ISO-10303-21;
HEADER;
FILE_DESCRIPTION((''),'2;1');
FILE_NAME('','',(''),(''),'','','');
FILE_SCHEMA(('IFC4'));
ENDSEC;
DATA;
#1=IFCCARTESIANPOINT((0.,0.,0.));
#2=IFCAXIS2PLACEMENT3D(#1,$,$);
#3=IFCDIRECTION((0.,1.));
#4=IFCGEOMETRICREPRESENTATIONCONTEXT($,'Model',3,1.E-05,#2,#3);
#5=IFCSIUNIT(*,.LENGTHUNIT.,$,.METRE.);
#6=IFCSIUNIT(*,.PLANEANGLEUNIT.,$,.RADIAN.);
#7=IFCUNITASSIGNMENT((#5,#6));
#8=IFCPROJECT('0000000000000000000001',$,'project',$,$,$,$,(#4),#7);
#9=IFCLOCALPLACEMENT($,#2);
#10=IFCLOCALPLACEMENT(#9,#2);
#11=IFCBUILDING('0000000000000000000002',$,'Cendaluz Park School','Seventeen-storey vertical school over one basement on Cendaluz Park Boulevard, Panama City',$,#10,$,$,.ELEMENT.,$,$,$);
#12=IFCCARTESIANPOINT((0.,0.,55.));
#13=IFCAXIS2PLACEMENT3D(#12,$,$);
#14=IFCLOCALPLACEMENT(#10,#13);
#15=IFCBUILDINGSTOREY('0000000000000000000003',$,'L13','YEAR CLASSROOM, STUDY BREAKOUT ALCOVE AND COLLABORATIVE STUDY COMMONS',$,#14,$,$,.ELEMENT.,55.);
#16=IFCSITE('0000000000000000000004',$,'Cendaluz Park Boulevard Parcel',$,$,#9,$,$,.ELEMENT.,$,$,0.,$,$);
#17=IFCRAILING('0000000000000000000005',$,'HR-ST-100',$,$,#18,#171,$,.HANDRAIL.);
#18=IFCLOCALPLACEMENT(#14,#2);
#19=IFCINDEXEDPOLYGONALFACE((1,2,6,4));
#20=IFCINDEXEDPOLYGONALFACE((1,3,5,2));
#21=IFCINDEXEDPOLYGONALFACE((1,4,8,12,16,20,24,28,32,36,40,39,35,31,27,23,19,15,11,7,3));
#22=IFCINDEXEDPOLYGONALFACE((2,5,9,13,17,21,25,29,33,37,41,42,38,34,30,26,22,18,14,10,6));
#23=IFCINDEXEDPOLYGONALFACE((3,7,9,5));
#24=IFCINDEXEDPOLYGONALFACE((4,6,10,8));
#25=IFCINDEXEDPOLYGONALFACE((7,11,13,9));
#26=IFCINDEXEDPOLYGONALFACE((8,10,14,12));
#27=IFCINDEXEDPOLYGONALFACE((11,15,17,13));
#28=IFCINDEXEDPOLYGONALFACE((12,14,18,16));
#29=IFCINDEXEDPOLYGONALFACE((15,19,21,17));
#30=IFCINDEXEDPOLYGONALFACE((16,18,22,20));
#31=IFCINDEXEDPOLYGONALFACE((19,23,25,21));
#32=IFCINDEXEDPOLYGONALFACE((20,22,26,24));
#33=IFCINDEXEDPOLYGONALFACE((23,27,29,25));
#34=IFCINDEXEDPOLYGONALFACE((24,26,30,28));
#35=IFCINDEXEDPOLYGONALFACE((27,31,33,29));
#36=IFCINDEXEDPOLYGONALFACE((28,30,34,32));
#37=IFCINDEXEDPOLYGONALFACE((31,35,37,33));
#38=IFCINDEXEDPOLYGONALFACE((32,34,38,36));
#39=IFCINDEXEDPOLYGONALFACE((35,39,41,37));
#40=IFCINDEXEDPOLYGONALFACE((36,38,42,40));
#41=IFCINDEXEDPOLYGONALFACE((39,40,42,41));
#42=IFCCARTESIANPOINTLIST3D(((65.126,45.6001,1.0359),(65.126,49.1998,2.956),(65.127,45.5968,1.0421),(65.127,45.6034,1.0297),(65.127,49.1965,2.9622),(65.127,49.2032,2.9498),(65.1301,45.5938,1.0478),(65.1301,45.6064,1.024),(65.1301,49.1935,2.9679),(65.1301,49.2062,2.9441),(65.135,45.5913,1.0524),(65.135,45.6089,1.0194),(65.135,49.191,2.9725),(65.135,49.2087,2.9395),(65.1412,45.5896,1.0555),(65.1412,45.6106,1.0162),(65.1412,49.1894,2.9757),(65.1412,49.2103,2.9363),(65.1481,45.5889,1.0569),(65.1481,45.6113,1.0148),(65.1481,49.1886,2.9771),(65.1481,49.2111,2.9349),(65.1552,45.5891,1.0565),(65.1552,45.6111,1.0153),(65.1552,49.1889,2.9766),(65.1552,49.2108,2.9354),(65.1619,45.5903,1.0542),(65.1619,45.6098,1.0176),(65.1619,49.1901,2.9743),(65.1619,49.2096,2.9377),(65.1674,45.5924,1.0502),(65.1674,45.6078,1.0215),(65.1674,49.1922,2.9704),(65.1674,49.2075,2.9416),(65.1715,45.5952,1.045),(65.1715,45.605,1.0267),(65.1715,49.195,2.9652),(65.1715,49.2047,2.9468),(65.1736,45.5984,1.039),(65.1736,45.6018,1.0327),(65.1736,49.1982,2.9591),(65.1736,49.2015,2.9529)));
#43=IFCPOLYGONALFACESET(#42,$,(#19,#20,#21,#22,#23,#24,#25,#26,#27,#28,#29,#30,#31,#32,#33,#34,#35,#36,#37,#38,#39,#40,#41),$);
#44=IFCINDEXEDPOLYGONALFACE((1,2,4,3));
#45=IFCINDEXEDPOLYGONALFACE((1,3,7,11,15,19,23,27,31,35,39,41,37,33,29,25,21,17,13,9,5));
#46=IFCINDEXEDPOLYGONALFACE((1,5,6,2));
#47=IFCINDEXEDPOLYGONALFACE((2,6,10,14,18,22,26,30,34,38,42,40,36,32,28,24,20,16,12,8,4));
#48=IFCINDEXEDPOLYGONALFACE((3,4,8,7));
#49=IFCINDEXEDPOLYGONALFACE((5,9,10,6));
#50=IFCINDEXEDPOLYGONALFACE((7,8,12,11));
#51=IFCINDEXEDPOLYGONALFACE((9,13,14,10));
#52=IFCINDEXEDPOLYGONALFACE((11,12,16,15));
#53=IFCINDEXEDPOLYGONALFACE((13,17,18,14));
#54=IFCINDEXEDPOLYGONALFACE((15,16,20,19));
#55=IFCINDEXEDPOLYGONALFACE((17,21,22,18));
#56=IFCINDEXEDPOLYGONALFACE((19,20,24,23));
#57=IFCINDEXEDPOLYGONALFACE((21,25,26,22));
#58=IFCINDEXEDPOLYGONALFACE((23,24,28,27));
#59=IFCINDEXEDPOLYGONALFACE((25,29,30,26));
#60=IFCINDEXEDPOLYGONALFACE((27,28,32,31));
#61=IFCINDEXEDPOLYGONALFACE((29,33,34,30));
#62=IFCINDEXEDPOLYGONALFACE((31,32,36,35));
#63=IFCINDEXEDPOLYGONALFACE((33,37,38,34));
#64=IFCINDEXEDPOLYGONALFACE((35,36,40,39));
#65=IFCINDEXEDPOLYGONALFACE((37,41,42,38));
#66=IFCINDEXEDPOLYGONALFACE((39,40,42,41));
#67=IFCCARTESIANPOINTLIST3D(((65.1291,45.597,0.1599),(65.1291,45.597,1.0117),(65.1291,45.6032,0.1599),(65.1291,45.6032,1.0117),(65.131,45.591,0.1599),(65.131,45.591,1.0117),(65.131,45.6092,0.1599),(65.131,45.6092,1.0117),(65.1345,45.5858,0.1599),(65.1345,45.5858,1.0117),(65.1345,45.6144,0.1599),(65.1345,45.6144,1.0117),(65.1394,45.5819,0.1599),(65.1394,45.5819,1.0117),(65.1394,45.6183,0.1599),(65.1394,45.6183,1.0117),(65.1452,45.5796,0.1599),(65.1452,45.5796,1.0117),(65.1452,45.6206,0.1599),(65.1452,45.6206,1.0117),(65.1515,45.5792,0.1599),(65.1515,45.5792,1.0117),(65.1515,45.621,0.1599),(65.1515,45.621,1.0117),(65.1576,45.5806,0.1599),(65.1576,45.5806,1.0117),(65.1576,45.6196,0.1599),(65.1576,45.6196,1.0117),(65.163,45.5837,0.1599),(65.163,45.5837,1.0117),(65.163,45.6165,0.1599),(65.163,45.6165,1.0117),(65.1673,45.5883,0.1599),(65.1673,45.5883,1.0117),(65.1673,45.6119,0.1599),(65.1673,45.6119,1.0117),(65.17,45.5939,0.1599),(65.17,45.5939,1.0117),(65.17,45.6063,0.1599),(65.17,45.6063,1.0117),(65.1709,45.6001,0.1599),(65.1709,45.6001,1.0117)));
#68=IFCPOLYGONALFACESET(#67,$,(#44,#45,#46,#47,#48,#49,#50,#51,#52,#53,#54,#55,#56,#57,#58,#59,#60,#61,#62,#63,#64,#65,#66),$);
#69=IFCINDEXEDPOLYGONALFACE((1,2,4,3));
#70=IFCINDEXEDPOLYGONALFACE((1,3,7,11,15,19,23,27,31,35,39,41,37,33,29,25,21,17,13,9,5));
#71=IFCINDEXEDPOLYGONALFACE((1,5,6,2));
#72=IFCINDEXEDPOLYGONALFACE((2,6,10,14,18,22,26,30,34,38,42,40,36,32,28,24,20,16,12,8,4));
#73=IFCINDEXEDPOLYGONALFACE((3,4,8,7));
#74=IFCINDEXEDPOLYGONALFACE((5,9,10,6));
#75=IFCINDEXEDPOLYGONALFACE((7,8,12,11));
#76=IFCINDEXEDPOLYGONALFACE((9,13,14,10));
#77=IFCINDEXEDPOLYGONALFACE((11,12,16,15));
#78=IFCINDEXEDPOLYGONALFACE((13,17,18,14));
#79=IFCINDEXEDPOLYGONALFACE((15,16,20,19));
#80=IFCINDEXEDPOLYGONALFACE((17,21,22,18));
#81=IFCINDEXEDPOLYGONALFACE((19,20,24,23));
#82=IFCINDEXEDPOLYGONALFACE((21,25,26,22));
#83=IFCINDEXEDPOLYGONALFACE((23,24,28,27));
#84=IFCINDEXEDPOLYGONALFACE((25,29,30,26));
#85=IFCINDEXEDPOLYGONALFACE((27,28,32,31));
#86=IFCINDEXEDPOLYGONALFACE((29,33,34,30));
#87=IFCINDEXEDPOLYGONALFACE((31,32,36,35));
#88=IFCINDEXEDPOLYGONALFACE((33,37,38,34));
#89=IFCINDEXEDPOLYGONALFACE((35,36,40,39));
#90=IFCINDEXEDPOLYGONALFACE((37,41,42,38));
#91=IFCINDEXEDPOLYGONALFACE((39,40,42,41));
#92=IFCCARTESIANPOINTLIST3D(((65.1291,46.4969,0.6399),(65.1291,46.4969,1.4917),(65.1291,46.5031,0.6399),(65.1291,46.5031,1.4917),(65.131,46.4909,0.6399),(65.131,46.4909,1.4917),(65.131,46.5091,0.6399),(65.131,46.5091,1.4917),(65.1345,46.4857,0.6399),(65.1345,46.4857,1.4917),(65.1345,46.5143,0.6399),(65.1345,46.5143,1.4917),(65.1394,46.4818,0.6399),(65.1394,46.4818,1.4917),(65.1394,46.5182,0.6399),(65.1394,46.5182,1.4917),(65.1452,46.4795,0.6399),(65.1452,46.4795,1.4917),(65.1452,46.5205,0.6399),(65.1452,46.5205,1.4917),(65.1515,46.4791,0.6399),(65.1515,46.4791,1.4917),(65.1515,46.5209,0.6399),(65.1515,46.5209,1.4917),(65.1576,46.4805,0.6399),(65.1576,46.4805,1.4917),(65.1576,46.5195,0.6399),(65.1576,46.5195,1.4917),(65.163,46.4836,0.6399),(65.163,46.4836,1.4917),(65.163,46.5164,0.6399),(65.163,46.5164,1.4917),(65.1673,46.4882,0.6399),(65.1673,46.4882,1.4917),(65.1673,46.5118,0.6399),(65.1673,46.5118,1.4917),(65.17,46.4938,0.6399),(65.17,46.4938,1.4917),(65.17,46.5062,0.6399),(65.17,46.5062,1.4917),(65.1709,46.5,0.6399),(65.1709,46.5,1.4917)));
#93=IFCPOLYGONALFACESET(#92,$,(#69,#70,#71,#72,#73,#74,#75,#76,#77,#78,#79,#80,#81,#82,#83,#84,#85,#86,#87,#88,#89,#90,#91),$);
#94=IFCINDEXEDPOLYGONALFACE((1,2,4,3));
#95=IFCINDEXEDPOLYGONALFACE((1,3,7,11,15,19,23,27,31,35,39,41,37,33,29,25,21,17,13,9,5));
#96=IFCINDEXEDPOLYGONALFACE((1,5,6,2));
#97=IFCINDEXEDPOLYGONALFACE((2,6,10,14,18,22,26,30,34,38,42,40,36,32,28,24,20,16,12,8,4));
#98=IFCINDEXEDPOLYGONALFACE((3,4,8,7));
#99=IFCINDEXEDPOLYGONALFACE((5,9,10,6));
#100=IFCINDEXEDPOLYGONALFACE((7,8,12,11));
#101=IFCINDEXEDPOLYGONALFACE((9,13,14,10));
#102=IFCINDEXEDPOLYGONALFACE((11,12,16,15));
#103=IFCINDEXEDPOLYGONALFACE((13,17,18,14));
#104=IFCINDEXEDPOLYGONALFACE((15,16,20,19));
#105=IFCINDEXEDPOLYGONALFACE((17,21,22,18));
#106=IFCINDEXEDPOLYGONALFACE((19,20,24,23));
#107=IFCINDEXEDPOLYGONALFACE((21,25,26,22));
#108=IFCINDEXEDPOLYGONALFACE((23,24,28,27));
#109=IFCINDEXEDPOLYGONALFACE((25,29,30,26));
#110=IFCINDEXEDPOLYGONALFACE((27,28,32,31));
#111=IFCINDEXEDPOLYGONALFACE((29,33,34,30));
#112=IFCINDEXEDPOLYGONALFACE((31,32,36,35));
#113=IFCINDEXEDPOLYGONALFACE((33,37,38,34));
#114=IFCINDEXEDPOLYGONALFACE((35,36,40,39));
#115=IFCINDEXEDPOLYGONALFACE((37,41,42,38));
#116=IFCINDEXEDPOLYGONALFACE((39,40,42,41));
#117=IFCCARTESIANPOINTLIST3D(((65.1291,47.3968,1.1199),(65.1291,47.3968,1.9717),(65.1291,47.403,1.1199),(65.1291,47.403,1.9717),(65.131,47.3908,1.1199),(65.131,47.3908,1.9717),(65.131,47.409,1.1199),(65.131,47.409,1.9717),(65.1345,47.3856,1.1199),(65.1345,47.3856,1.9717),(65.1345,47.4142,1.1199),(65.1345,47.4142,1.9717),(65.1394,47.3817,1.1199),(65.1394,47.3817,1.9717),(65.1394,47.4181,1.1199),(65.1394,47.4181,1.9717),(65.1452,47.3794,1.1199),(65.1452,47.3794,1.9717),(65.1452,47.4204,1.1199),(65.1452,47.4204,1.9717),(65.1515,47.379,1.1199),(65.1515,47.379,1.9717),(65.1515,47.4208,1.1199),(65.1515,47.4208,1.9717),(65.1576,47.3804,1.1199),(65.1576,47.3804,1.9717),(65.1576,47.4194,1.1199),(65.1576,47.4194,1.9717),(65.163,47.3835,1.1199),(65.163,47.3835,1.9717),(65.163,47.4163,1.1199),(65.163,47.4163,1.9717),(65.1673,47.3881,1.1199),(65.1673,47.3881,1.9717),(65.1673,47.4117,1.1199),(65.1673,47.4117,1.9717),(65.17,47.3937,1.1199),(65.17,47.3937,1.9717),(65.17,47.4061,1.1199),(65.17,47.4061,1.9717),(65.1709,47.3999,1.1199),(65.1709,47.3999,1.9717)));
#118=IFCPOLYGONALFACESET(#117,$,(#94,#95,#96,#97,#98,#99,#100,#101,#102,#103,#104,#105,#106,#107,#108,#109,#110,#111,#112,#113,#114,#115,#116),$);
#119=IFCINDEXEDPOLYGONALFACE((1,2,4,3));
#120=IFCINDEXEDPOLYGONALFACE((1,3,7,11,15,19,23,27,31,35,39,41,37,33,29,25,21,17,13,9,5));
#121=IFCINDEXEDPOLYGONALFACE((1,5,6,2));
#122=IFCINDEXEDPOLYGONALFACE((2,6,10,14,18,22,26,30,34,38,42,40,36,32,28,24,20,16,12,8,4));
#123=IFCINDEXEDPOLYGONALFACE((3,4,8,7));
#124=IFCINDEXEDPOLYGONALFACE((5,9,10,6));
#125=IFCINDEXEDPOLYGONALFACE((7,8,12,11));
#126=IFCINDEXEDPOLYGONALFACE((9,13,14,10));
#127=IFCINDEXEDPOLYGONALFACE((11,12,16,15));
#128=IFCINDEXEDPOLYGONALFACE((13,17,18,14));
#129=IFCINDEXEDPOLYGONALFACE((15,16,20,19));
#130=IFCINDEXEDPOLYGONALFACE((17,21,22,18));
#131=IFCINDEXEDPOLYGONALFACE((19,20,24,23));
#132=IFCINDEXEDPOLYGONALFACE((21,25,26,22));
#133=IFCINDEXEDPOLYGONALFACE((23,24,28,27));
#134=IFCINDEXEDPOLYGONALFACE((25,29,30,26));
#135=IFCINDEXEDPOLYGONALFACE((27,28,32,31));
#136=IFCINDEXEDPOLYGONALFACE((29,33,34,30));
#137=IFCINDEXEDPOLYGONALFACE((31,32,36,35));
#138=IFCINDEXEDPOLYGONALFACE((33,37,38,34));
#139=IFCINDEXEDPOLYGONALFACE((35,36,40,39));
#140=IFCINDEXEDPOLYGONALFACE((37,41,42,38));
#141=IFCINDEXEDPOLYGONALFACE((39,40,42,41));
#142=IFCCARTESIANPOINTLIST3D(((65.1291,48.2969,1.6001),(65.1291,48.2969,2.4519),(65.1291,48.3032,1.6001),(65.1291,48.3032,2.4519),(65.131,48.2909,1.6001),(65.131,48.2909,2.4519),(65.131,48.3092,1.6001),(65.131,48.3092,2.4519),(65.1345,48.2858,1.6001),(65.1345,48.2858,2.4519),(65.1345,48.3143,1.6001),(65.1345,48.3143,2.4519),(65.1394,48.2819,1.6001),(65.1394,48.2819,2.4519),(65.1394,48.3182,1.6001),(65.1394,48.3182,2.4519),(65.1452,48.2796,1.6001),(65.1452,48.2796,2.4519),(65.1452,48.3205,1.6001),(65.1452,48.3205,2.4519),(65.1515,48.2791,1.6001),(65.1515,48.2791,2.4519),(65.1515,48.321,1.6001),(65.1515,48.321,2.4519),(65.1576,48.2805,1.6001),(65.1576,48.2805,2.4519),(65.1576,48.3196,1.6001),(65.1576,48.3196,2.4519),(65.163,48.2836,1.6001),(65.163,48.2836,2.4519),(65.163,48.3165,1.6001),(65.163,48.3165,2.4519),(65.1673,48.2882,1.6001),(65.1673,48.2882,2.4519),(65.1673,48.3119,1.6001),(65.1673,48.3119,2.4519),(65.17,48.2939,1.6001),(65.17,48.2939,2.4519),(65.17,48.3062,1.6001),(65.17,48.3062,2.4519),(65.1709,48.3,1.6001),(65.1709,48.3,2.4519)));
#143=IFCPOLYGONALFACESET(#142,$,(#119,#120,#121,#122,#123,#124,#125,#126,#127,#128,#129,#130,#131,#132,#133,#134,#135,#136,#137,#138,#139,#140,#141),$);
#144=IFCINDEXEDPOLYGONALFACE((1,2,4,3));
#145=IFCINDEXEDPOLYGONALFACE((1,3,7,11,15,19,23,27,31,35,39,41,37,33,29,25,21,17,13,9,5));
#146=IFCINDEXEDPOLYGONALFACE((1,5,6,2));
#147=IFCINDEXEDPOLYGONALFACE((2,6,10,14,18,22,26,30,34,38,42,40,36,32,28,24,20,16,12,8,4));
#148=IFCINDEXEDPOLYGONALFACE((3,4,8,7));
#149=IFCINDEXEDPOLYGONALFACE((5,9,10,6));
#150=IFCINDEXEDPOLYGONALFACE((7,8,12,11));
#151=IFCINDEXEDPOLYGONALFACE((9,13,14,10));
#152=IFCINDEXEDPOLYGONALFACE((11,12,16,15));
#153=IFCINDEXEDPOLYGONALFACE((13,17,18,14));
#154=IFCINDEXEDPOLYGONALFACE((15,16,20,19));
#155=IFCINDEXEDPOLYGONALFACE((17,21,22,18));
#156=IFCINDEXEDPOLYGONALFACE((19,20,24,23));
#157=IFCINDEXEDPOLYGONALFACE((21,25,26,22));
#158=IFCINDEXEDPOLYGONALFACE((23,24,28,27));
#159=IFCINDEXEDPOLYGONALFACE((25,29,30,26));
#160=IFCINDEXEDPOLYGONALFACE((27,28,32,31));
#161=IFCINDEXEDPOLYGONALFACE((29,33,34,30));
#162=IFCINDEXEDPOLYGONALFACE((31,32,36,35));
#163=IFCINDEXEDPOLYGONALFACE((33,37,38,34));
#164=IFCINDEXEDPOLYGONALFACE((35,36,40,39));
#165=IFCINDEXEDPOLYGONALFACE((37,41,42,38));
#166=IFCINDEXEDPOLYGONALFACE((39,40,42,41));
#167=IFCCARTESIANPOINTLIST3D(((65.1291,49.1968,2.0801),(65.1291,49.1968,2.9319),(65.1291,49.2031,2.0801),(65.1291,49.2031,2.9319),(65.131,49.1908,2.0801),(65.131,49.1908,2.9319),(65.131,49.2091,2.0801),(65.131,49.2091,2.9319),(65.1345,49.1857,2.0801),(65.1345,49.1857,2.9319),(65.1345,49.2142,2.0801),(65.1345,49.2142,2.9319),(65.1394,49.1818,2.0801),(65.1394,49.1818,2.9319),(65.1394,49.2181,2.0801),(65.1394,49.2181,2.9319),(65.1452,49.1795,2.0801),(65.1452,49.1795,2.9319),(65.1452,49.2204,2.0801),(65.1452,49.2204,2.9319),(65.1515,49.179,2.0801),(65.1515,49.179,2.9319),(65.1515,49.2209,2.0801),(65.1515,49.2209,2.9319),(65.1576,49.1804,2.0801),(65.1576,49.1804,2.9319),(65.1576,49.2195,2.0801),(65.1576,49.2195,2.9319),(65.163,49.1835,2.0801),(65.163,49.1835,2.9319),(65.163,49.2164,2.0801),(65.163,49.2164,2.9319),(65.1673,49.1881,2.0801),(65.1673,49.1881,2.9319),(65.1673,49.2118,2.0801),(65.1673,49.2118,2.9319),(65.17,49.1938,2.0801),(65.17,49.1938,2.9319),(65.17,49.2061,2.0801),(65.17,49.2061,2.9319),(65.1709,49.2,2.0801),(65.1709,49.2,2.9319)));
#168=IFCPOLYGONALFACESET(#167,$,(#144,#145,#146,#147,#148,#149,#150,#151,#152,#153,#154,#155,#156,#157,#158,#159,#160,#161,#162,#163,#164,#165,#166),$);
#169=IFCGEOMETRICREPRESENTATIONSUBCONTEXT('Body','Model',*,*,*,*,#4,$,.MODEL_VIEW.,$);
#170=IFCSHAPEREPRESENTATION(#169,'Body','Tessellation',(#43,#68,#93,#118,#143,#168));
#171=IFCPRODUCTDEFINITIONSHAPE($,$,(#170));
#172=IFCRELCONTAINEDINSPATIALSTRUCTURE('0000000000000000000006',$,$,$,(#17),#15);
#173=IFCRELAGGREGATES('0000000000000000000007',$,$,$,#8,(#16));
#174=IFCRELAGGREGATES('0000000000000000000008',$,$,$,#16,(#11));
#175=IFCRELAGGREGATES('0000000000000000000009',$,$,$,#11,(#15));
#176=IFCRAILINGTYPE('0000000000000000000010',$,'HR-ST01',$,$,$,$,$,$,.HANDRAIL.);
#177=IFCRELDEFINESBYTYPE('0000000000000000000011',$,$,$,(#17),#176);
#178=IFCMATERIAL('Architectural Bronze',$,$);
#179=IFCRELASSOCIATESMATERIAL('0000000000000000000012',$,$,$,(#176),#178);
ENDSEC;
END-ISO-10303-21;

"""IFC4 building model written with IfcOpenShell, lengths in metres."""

from ifc_helpers import new_model, si_unit, direction, frame, origin, origin_2d, place, context, subcontext, project, spatial, circle, extrude, material, type_object, element, save


model = new_model("IFC4")

# Units and contexts
model_context = context("Model", 3, precision=1e-05, world=origin(), true_north=direction((0.0, 1.0)))
body_context = subcontext(model_context, "Body", "Model", "MODEL_VIEW")
ifc_project = project(units=[si_unit("LENGTHUNIT", "METRE"), si_unit("PLANEANGLEUNIT", "RADIAN")], contexts=[model_context])

# Site, building, storey
site_placement = place(None, origin())
site = spatial("IfcSite", under=ifc_project, at=site_placement, Name="Cendaluz Park Boulevard Parcel", CompositionType="ELEMENT", RefElevation=0.0)
building_placement = place(site_placement, origin())
building = spatial("IfcBuilding", under=site, at=building_placement, Name="Cendaluz Park School", Description="Seventeen-storey vertical school over one basement on Cendaluz Park Boulevard, Panama City", CompositionType="ELEMENT")
storey_placement = place(building_placement, frame((0.0, 0.0, 55.0)))
storey = spatial("IfcBuildingStorey", under=building, at=storey_placement, Name="L13", Description="YEAR CLASSROOM, STUDY BREAKOUT ALCOVE AND COLLABORATIVE STUDY COMMONS", CompositionType="ELEMENT", Elevation=55.0)

# Railing
ifc_material_1 = material(Name="Architectural Bronze")
railing_type_1 = type_object("IfcRailingType", Name="HR-ST01", PredefinedType="HANDRAIL", material=ifc_material_1)
railing_1_placement = place(storey_placement, frame((65.1499, 45.6001, 0.1599)))
element("IfcRailing", 1, at=railing_1_placement, inside=storey, type_object=railing_type_1, Name="HR-ST-100", PredefinedType="HANDRAIL", context=body_context, shape_type="SweptSolid", body=[
    extrude(circle(Radius=0.0239, at=origin_2d()), frame((0.0, 0.0, 0.876), z_axis=(0.0, 0.882328, 0.470635), x_axis=(-1.0, 0.0, 0.0)), (0.0, 0.0, 1.0), 4.0798),
    extrude(circle(Radius=0.021, at=origin_2d()), origin(), (0.0, 0.0, 1.0), 0.8518),
    extrude(circle(Radius=0.021, at=origin_2d()), frame((0.0, 0.8999, 0.48)), (0.0, 0.0, 1.0), 0.8518),
    extrude(circle(Radius=0.021, at=origin_2d()), frame((0.0, 1.7998, 0.96)), (0.0, 0.0, 1.0), 0.8518),
    extrude(circle(Radius=0.021, at=origin_2d()), frame((0.0, 2.7, 1.4402)), (0.0, 0.0, 1.0), 0.8518),
    extrude(circle(Radius=0.021, at=origin_2d()), frame((0.0, 3.5999, 1.9202)), (0.0, 0.0, 1.0), 0.8518),
])

save(model, "model.ifc")
